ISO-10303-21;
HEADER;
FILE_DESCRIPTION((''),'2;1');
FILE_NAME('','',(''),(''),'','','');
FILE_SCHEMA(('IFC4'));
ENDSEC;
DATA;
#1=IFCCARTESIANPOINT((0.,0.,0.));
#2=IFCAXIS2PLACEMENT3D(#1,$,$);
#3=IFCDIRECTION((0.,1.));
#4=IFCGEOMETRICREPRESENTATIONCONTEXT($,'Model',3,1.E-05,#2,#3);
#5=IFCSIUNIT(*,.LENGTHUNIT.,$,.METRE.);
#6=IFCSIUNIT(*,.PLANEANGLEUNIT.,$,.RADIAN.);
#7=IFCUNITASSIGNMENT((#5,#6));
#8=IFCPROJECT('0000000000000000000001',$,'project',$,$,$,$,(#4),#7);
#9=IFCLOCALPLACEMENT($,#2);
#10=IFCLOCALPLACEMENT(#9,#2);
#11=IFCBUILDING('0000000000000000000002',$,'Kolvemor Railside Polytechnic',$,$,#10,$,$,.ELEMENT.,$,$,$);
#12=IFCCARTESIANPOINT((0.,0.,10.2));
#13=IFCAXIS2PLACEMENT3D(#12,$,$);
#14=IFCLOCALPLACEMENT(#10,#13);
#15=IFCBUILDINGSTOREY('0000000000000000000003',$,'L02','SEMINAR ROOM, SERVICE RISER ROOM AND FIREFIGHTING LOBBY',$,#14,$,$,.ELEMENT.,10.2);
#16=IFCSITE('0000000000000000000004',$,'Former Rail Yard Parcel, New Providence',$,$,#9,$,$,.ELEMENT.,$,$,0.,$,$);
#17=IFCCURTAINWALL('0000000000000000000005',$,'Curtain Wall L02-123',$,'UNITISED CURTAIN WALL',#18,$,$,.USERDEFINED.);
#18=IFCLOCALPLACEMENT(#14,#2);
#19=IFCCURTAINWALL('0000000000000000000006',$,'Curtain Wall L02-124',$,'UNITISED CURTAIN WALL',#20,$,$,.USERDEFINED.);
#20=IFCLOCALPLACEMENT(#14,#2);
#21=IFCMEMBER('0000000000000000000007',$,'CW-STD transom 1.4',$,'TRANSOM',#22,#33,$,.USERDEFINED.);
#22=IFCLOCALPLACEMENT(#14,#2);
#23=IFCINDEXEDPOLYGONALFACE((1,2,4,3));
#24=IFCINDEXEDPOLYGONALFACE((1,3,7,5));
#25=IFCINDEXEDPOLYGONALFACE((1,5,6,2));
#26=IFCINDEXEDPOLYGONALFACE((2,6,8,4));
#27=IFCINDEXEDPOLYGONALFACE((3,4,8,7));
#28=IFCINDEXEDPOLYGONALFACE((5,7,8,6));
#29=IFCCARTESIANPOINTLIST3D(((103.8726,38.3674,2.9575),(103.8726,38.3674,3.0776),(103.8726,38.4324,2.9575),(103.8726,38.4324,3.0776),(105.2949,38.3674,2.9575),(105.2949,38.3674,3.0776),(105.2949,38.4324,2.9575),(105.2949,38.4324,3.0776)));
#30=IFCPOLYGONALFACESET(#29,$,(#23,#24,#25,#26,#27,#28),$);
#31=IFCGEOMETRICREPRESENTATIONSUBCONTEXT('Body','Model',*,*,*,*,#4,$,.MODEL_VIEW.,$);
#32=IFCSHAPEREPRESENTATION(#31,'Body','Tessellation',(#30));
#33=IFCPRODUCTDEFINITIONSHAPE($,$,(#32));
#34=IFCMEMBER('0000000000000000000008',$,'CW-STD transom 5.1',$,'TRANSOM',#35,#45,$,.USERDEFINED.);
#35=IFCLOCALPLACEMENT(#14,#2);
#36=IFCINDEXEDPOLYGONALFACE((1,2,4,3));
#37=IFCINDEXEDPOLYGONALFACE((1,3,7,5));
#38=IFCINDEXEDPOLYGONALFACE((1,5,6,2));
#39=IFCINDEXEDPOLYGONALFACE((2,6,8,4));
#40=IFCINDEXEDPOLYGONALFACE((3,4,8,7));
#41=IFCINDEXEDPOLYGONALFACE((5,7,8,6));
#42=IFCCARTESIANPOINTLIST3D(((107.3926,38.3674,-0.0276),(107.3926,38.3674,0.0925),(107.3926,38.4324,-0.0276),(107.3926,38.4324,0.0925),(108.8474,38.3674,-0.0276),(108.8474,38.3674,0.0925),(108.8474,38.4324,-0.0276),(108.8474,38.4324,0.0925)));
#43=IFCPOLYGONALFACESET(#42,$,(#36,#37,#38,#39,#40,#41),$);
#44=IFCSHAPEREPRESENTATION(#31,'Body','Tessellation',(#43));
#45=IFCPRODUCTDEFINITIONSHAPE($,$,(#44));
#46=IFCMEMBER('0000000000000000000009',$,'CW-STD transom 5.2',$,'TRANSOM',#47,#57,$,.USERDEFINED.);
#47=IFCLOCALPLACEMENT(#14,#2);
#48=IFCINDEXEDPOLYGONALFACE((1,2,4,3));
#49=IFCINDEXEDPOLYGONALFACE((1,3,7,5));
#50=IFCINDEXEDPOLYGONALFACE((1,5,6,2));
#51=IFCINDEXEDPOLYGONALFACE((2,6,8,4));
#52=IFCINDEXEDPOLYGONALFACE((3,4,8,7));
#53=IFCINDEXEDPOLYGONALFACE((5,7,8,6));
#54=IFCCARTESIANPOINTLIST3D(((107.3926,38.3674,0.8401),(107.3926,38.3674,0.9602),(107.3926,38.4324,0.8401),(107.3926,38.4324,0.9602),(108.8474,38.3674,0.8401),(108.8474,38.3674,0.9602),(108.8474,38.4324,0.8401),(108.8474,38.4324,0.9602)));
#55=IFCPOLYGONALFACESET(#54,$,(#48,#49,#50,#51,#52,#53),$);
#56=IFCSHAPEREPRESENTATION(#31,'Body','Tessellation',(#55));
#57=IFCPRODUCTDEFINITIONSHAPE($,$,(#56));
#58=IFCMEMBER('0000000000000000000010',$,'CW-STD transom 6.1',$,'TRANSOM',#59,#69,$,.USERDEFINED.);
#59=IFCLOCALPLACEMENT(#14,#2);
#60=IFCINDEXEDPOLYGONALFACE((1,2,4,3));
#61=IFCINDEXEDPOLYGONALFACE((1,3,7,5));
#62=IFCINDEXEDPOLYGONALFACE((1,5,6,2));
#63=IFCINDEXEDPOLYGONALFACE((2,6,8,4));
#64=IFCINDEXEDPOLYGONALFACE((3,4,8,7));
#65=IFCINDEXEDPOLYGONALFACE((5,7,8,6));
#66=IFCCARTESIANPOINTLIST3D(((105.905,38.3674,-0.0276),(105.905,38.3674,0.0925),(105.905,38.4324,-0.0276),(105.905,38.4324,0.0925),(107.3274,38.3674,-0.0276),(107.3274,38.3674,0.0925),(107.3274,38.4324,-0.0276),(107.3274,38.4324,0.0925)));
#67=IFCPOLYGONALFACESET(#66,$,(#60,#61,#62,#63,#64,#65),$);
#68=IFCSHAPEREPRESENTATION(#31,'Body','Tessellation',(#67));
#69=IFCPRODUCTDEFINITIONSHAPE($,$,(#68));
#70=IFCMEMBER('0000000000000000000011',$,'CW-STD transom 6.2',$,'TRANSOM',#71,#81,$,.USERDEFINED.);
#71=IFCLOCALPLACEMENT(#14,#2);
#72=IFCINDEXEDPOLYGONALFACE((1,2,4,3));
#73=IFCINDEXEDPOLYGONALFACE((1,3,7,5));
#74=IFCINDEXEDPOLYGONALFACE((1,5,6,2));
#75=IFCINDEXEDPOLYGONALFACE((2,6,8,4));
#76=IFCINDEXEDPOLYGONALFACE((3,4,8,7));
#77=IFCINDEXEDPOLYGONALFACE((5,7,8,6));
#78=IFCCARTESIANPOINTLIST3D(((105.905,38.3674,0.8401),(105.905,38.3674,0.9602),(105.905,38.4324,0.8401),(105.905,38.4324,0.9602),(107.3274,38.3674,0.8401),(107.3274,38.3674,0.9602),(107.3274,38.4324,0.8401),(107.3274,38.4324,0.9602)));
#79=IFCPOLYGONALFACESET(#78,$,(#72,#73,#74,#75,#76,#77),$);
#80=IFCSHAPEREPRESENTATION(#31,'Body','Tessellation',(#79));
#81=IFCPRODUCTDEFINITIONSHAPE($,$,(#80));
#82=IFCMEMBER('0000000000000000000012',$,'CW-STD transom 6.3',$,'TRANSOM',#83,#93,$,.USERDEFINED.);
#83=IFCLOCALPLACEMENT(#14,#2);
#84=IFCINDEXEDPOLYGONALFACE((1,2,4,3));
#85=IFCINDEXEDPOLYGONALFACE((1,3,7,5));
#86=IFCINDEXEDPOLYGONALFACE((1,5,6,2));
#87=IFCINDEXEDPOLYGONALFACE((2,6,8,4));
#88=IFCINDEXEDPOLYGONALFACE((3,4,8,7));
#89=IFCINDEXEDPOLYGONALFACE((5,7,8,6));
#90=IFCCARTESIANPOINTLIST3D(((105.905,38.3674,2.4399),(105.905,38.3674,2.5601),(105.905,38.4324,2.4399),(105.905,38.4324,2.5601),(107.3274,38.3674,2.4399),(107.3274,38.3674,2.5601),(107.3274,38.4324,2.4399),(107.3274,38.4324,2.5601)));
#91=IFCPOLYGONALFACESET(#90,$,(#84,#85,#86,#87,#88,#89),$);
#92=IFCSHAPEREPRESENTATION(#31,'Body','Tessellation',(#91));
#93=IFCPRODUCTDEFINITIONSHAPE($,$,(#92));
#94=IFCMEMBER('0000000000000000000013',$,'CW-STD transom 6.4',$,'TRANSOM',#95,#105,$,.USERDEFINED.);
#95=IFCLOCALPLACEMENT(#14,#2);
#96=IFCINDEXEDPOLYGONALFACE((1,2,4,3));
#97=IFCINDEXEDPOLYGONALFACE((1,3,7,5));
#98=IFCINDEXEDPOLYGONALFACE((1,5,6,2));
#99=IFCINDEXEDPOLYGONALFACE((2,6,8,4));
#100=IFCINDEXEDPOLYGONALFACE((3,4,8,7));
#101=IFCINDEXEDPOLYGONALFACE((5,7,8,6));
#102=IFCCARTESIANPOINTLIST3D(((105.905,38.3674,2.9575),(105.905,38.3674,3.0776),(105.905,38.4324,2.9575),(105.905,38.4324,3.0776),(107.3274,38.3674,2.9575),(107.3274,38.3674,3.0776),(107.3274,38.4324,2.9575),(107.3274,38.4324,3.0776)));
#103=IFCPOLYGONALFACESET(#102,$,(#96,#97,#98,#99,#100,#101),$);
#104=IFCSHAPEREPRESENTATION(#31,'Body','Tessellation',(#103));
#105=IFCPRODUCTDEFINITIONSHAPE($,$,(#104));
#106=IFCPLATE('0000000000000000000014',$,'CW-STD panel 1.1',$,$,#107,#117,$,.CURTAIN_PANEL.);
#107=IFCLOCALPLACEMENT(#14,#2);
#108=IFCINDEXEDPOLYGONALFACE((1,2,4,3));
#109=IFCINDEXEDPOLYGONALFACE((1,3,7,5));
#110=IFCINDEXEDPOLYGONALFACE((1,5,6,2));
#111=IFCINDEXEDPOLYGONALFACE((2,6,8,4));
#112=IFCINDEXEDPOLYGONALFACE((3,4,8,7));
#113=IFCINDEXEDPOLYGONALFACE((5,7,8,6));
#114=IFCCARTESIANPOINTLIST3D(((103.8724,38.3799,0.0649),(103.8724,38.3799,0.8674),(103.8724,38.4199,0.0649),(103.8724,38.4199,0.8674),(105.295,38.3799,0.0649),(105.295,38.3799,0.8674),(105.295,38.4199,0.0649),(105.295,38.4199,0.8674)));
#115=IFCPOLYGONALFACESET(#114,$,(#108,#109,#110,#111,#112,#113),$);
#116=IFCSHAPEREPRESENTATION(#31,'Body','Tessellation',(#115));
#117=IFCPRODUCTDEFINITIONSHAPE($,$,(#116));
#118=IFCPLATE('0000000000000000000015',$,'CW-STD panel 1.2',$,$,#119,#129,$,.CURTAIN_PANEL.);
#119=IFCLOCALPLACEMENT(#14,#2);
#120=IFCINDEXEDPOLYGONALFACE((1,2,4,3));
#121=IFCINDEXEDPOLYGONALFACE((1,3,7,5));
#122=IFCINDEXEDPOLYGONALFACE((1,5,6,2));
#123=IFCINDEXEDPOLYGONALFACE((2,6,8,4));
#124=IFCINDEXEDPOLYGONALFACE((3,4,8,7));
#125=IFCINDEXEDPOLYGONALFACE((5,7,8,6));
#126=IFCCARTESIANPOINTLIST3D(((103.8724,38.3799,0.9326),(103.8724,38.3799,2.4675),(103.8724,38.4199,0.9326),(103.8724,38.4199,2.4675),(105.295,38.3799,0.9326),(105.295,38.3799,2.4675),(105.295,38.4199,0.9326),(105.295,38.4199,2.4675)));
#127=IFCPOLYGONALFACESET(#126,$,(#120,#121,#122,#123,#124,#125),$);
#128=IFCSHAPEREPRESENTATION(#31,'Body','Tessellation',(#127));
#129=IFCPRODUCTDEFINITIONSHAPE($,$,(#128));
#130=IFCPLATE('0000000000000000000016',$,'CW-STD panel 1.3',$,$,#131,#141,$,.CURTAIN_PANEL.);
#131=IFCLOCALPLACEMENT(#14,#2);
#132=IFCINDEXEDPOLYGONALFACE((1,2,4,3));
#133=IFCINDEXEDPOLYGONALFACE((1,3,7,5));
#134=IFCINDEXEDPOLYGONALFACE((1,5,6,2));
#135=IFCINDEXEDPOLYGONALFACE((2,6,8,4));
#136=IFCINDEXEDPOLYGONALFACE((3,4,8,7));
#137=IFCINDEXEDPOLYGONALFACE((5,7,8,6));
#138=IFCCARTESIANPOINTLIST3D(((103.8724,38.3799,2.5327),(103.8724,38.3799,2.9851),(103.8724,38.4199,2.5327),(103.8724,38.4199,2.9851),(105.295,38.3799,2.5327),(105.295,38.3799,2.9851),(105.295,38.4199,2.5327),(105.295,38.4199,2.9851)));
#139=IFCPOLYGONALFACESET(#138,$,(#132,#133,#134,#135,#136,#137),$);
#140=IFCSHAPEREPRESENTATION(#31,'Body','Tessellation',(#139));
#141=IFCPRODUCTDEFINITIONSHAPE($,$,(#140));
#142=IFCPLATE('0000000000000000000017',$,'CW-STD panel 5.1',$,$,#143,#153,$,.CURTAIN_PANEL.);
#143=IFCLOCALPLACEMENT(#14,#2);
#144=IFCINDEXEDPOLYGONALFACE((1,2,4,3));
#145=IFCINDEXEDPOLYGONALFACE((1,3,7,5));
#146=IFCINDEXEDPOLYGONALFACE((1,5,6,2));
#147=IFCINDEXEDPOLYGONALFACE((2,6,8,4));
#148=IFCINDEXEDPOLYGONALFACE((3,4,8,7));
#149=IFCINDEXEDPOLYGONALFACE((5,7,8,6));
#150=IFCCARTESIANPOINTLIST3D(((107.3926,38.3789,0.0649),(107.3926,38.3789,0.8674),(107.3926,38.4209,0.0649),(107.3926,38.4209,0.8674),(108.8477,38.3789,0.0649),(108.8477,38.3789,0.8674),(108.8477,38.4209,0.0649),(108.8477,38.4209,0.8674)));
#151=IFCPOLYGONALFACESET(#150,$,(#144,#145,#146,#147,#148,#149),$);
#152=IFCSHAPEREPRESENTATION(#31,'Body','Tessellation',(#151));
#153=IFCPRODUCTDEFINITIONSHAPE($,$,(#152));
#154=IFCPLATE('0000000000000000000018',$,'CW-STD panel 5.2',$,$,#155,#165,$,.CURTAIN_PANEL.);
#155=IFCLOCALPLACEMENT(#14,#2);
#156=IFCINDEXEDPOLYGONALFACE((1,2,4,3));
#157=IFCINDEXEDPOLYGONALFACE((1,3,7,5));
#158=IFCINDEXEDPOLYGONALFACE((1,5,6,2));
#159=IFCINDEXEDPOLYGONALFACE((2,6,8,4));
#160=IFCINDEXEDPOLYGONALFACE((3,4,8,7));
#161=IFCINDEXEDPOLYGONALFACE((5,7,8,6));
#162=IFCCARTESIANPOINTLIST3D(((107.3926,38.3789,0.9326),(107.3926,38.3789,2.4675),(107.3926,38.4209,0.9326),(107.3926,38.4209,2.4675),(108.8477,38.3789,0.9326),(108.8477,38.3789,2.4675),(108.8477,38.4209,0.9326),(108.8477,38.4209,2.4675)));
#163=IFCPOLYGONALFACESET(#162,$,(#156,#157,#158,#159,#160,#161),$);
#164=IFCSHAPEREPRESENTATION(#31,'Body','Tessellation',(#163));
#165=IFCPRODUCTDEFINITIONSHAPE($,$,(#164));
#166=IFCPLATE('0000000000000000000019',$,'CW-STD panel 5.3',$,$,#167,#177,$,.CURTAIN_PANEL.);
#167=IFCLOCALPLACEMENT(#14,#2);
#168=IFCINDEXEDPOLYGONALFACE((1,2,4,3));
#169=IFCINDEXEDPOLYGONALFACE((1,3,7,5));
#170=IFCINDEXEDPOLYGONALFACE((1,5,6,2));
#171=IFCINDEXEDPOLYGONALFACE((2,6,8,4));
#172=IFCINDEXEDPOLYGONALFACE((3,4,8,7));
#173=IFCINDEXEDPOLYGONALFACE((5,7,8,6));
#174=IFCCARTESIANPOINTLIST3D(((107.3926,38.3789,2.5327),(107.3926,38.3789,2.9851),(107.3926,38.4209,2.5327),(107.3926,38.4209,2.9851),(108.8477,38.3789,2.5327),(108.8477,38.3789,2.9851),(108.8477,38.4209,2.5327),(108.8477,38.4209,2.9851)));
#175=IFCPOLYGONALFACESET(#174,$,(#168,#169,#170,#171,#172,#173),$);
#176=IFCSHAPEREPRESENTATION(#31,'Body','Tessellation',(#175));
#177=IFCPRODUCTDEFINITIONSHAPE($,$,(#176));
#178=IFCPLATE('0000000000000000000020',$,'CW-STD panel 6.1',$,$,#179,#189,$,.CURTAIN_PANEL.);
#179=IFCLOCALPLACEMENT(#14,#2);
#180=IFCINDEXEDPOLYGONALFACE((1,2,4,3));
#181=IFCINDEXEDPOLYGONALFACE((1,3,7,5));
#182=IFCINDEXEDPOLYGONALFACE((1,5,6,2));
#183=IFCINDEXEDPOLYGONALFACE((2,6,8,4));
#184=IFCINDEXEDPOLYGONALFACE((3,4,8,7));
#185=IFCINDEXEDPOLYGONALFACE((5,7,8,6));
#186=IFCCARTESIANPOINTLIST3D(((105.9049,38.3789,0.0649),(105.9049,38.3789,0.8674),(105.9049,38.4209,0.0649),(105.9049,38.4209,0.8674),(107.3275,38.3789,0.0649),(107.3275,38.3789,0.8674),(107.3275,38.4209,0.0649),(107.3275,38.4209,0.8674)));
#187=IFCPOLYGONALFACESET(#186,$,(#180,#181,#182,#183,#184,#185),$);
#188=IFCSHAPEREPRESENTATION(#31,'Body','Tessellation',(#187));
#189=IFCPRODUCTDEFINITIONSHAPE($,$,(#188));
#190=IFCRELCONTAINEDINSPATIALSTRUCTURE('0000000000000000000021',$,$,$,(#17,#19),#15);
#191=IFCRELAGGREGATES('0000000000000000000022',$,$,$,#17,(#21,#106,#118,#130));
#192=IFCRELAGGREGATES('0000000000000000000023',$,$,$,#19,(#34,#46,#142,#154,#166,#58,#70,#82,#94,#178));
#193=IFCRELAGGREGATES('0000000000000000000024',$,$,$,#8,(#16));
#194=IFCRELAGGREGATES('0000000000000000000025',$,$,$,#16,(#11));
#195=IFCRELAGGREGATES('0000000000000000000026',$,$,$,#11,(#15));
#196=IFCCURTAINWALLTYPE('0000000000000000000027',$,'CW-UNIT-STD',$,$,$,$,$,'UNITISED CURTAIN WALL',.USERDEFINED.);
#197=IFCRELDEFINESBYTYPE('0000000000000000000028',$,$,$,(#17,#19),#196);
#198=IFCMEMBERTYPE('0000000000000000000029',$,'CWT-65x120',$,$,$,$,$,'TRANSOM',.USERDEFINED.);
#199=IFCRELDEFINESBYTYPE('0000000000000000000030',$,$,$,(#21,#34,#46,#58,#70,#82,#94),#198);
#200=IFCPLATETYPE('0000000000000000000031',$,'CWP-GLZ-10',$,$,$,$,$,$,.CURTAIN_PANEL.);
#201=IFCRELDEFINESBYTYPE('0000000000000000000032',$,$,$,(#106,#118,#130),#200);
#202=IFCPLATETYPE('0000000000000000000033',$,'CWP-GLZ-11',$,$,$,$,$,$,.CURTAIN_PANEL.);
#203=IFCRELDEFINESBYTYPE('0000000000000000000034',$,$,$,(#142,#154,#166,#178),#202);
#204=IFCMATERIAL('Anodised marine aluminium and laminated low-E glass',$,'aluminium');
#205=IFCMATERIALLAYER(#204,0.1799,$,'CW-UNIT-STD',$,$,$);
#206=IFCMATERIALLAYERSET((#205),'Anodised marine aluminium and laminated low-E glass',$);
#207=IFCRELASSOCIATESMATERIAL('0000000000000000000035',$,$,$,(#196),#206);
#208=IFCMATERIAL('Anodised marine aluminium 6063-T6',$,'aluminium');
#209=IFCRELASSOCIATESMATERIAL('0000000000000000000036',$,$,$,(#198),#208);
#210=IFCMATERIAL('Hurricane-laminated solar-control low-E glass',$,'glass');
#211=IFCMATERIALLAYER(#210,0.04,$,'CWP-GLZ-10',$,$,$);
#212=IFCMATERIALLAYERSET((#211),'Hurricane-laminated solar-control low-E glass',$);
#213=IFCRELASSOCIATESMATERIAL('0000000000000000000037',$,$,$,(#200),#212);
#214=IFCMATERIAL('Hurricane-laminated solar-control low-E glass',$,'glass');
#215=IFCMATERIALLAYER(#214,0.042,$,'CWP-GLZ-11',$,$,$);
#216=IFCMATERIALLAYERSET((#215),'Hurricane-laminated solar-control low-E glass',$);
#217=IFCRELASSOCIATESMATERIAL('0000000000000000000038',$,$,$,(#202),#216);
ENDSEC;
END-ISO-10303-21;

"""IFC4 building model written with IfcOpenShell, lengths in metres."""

from ifc_helpers import new_model, si_unit, direction, frame, origin, origin_2d, place, context, subcontext, project, spatial, rectangle, extrude, material, layer, layer_set, material_profile, profile_set, type_object, element, aggregate, save


model = new_model("IFC4")

# Units and contexts
model_context = context("Model", 3, precision=1e-05, world=origin(), true_north=direction((0.0, 1.0)))
body_context = subcontext(model_context, "Body", "Model", "MODEL_VIEW")
ifc_project = project(units=[si_unit("LENGTHUNIT", "METRE"), si_unit("PLANEANGLEUNIT", "RADIAN")], contexts=[model_context])

# Site, building, storey
site_placement = place(None, origin())
site = spatial("IfcSite", under=ifc_project, at=site_placement, Name="Former Rail Yard Parcel, New Providence", CompositionType="ELEMENT", RefElevation=0.0)
building_placement = place(site_placement, origin())
building = spatial("IfcBuilding", under=site, at=building_placement, Name="Kolvemor Railside Polytechnic", CompositionType="ELEMENT")
storey_placement = place(building_placement, frame((0.0, 0.0, 10.2)))
storey = spatial("IfcBuildingStorey", under=building, at=storey_placement, Name="L02", Description="SEMINAR ROOM, SERVICE RISER ROOM AND FIREFIGHTING LOBBY", CompositionType="ELEMENT", Elevation=10.2)

# Curtain walls
ifc_material_1 = material(Name="Anodised marine aluminium and laminated low-E glass", Category="aluminium")
ifc_layer_1 = layer(ifc_material_1, 0.1799, Name="CW-UNIT-STD")
ifc_layer_set_1 = layer_set([ifc_layer_1], Name="Anodised marine aluminium and laminated low-E glass")
curtain_wall_type = type_object("IfcCurtainWallType", Name="CW-UNIT-STD", ElementType="UNITISED CURTAIN WALL", PredefinedType="USERDEFINED", material=ifc_layer_set_1)
curtain_wall_1_placement = place(storey_placement, origin())
curtain_wall_1 = element("IfcCurtainWall", 1, at=curtain_wall_1_placement, inside=storey, type_object=curtain_wall_type, Name="Curtain Wall L02-123", ObjectType="UNITISED CURTAIN WALL", PredefinedType="USERDEFINED")
curtain_wall_2_placement = place(storey_placement, origin())
curtain_wall_2 = element("IfcCurtainWall", 2, at=curtain_wall_2_placement, inside=storey, type_object=curtain_wall_type, Name="Curtain Wall L02-124", ObjectType="UNITISED CURTAIN WALL", PredefinedType="USERDEFINED")

# Members
ifc_material_2 = material(Name="Anodised marine aluminium 6063-T6", Category="aluminium")
ifc_material_profile_1 = material_profile(ifc_material_2, rectangle(XDim=0.0649, YDim=0.1201, at=origin_2d()), Name="CW-TRN-65x120")
ifc_profile_set_1 = profile_set([ifc_material_profile_1], Name="Anodised marine aluminium 6063-T6")
member_type_1 = type_object("IfcMemberType", Name="CWT-65x120", ElementType="TRANSOM", PredefinedType="USERDEFINED", material=ifc_profile_set_1)
member_1_placement = place(storey_placement, frame((105.2949, 38.3999, 3.0176), z_axis=(-1.0, 0.0, 0.0), x_axis=(0.0, -1.0, 0.0)))
member_1 = element("IfcMember", 3, at=member_1_placement, type_object=member_type_1, Name="CW-STD transom 1.4", ObjectType="TRANSOM", PredefinedType="USERDEFINED", context=body_context, shape_type="SweptSolid", body=[
    extrude(rectangle(XDim=0.0649, YDim=0.1201, at=origin_2d()), origin(), (0.0, 0.0, 1.0), 1.4224),
])
member_2_placement = place(storey_placement, frame((108.8474, 38.3999, 0.0325), z_axis=(-1.0, 0.0, 0.0), x_axis=(0.0, -1.0, 0.0)))
member_2 = element("IfcMember", 4, at=member_2_placement, type_object=member_type_1, Name="CW-STD transom 5.1", ObjectType="TRANSOM", PredefinedType="USERDEFINED", context=body_context, shape_type="SweptSolid", body=[
    extrude(rectangle(XDim=0.0649, YDim=0.1201, at=origin_2d()), origin(), (0.0, 0.0, 1.0), 1.4548),
])
member_3_placement = place(storey_placement, frame((108.8474, 38.3999, 0.9001), z_axis=(-1.0, 0.0, 0.0), x_axis=(0.0, -1.0, 0.0)))
member_3 = element("IfcMember", 5, at=member_3_placement, type_object=member_type_1, Name="CW-STD transom 5.2", ObjectType="TRANSOM", PredefinedType="USERDEFINED", context=body_context, shape_type="SweptSolid", body=[
    extrude(rectangle(XDim=0.0649, YDim=0.1201, at=origin_2d()), origin(), (0.0, 0.0, 1.0), 1.4548),
])
member_4_placement = place(storey_placement, frame((107.3274, 38.3999, 0.0325), z_axis=(-1.0, 0.0, 0.0), x_axis=(0.0, -1.0, 0.0)))
member_4 = element("IfcMember", 6, at=member_4_placement, type_object=member_type_1, Name="CW-STD transom 6.1", ObjectType="TRANSOM", PredefinedType="USERDEFINED", context=body_context, shape_type="SweptSolid", body=[
    extrude(rectangle(XDim=0.0649, YDim=0.1201, at=origin_2d()), origin(), (0.0, 0.0, 1.0), 1.4224),
])
member_5_placement = place(storey_placement, frame((107.3274, 38.3999, 0.9001), z_axis=(-1.0, 0.0, 0.0), x_axis=(0.0, -1.0, 0.0)))
member_5 = element("IfcMember", 7, at=member_5_placement, type_object=member_type_1, Name="CW-STD transom 6.2", ObjectType="TRANSOM", PredefinedType="USERDEFINED", context=body_context, shape_type="SweptSolid", body=[
    extrude(rectangle(XDim=0.0649, YDim=0.1201, at=origin_2d()), origin(), (0.0, 0.0, 1.0), 1.4224),
])
member_6_placement = place(storey_placement, frame((107.3274, 38.3999, 2.5), z_axis=(-1.0, 0.0, 0.0), x_axis=(0.0, -1.0, 0.0)))
member_6 = element("IfcMember", 8, at=member_6_placement, type_object=member_type_1, Name="CW-STD transom 6.3", ObjectType="TRANSOM", PredefinedType="USERDEFINED", context=body_context, shape_type="SweptSolid", body=[
    extrude(rectangle(XDim=0.0649, YDim=0.1201, at=origin_2d()), origin(), (0.0, 0.0, 1.0), 1.4224),
])
member_7_placement = place(storey_placement, frame((107.3274, 38.3999, 3.0176), z_axis=(-1.0, 0.0, 0.0), x_axis=(0.0, -1.0, 0.0)))
member_7 = element("IfcMember", 9, at=member_7_placement, type_object=member_type_1, Name="CW-STD transom 6.4", ObjectType="TRANSOM", PredefinedType="USERDEFINED", context=body_context, shape_type="SweptSolid", body=[
    extrude(rectangle(XDim=0.0649, YDim=0.1201, at=origin_2d()), origin(), (0.0, 0.0, 1.0), 1.4224),
])

# Plates
ifc_material_3 = material(Name="Hurricane-laminated solar-control low-E glass", Category="glass")
ifc_layer_2 = layer(ifc_material_3, 0.04, Name="CWP-GLZ-10")
ifc_layer_set_2 = layer_set([ifc_layer_2], Name="Hurricane-laminated solar-control low-E glass")
plate_type_1 = type_object("IfcPlateType", Name="CWP-GLZ-10", PredefinedType="CURTAIN_PANEL", material=ifc_layer_set_2)
plate_1_placement = place(storey_placement, frame((104.5837, 38.3999, 0.0649), z_axis=(0.0, 0.0, 1.0), x_axis=(-1.0, 0.0, 0.0)))
plate_1 = element("IfcPlate", 10, at=plate_1_placement, type_object=plate_type_1, Name="CW-STD panel 1.1", PredefinedType="CURTAIN_PANEL", context=body_context, shape_type="SweptSolid", body=[
    extrude(rectangle(XDim=1.4226, YDim=0.04, at=origin_2d()), origin(), (0.0, 0.0, 1.0), 0.8025),
])
plate_2_placement = place(storey_placement, frame((104.5837, 38.3999, 0.9326), z_axis=(0.0, 0.0, 1.0), x_axis=(-1.0, 0.0, 0.0)))
plate_2 = element("IfcPlate", 11, at=plate_2_placement, type_object=plate_type_1, Name="CW-STD panel 1.2", PredefinedType="CURTAIN_PANEL", context=body_context, shape_type="SweptSolid", body=[
    extrude(rectangle(XDim=1.4226, YDim=0.04, at=origin_2d()), origin(), (0.0, 0.0, 1.0), 1.5349),
])
plate_3_placement = place(storey_placement, frame((104.5837, 38.3999, 2.5327), z_axis=(0.0, 0.0, 1.0), x_axis=(-1.0, 0.0, 0.0)))
plate_3 = element("IfcPlate", 12, at=plate_3_placement, type_object=plate_type_1, Name="CW-STD panel 1.3", PredefinedType="CURTAIN_PANEL", context=body_context, shape_type="SweptSolid", body=[
    extrude(rectangle(XDim=1.4226, YDim=0.04, at=origin_2d()), origin(), (0.0, 0.0, 1.0), 0.4524),
])
aggregate(curtain_wall_1, [member_1, plate_1, plate_2, plate_3])
ifc_material_4 = material(Name="Hurricane-laminated solar-control low-E glass", Category="glass")
ifc_layer_3 = layer(ifc_material_4, 0.042, Name="CWP-GLZ-11")
ifc_layer_set_3 = layer_set([ifc_layer_3], Name="Hurricane-laminated solar-control low-E glass")
plate_type_2 = type_object("IfcPlateType", Name="CWP-GLZ-11", PredefinedType="CURTAIN_PANEL", material=ifc_layer_set_3)
plate_4_placement = place(storey_placement, frame((108.1201, 38.3999, 0.0649), z_axis=(0.0, 0.0, 1.0), x_axis=(-1.0, 0.0, 0.0)))
plate_4 = element("IfcPlate", 13, at=plate_4_placement, type_object=plate_type_2, Name="CW-STD panel 5.1", PredefinedType="CURTAIN_PANEL", context=body_context, shape_type="SweptSolid", body=[
    extrude(rectangle(XDim=1.4551, YDim=0.042, at=origin_2d()), origin(), (0.0, 0.0, 1.0), 0.8025),
])
plate_5_placement = place(storey_placement, frame((108.1201, 38.3999, 0.9326), z_axis=(0.0, 0.0, 1.0), x_axis=(-1.0, 0.0, 0.0)))
plate_5 = element("IfcPlate", 14, at=plate_5_placement, type_object=plate_type_2, Name="CW-STD panel 5.2", PredefinedType="CURTAIN_PANEL", context=body_context, shape_type="SweptSolid", body=[
    extrude(rectangle(XDim=1.4551, YDim=0.042, at=origin_2d()), origin(), (0.0, 0.0, 1.0), 1.5349),
])
plate_6_placement = place(storey_placement, frame((108.1201, 38.3999, 2.5327), z_axis=(0.0, 0.0, 1.0), x_axis=(-1.0, 0.0, 0.0)))
plate_6 = element("IfcPlate", 15, at=plate_6_placement, type_object=plate_type_2, Name="CW-STD panel 5.3", PredefinedType="CURTAIN_PANEL", context=body_context, shape_type="SweptSolid", body=[
    extrude(rectangle(XDim=1.4551, YDim=0.042, at=origin_2d()), origin(), (0.0, 0.0, 1.0), 0.4524),
])
plate_7_placement = place(storey_placement, frame((106.6162, 38.3999, 0.0649), z_axis=(0.0, 0.0, 1.0), x_axis=(-1.0, 0.0, 0.0)))
plate_7 = element("IfcPlate", 16, at=plate_7_placement, type_object=plate_type_2, Name="CW-STD panel 6.1", PredefinedType="CURTAIN_PANEL", context=body_context, shape_type="SweptSolid", body=[
    extrude(rectangle(XDim=1.4226, YDim=0.042, at=origin_2d()), origin(), (0.0, 0.0, 1.0), 0.8025),
])
aggregate(curtain_wall_2, [member_2, member_3, plate_4, plate_5, plate_6, member_4, member_5, member_6, member_7, plate_7])

save(model, "model.ifc")
